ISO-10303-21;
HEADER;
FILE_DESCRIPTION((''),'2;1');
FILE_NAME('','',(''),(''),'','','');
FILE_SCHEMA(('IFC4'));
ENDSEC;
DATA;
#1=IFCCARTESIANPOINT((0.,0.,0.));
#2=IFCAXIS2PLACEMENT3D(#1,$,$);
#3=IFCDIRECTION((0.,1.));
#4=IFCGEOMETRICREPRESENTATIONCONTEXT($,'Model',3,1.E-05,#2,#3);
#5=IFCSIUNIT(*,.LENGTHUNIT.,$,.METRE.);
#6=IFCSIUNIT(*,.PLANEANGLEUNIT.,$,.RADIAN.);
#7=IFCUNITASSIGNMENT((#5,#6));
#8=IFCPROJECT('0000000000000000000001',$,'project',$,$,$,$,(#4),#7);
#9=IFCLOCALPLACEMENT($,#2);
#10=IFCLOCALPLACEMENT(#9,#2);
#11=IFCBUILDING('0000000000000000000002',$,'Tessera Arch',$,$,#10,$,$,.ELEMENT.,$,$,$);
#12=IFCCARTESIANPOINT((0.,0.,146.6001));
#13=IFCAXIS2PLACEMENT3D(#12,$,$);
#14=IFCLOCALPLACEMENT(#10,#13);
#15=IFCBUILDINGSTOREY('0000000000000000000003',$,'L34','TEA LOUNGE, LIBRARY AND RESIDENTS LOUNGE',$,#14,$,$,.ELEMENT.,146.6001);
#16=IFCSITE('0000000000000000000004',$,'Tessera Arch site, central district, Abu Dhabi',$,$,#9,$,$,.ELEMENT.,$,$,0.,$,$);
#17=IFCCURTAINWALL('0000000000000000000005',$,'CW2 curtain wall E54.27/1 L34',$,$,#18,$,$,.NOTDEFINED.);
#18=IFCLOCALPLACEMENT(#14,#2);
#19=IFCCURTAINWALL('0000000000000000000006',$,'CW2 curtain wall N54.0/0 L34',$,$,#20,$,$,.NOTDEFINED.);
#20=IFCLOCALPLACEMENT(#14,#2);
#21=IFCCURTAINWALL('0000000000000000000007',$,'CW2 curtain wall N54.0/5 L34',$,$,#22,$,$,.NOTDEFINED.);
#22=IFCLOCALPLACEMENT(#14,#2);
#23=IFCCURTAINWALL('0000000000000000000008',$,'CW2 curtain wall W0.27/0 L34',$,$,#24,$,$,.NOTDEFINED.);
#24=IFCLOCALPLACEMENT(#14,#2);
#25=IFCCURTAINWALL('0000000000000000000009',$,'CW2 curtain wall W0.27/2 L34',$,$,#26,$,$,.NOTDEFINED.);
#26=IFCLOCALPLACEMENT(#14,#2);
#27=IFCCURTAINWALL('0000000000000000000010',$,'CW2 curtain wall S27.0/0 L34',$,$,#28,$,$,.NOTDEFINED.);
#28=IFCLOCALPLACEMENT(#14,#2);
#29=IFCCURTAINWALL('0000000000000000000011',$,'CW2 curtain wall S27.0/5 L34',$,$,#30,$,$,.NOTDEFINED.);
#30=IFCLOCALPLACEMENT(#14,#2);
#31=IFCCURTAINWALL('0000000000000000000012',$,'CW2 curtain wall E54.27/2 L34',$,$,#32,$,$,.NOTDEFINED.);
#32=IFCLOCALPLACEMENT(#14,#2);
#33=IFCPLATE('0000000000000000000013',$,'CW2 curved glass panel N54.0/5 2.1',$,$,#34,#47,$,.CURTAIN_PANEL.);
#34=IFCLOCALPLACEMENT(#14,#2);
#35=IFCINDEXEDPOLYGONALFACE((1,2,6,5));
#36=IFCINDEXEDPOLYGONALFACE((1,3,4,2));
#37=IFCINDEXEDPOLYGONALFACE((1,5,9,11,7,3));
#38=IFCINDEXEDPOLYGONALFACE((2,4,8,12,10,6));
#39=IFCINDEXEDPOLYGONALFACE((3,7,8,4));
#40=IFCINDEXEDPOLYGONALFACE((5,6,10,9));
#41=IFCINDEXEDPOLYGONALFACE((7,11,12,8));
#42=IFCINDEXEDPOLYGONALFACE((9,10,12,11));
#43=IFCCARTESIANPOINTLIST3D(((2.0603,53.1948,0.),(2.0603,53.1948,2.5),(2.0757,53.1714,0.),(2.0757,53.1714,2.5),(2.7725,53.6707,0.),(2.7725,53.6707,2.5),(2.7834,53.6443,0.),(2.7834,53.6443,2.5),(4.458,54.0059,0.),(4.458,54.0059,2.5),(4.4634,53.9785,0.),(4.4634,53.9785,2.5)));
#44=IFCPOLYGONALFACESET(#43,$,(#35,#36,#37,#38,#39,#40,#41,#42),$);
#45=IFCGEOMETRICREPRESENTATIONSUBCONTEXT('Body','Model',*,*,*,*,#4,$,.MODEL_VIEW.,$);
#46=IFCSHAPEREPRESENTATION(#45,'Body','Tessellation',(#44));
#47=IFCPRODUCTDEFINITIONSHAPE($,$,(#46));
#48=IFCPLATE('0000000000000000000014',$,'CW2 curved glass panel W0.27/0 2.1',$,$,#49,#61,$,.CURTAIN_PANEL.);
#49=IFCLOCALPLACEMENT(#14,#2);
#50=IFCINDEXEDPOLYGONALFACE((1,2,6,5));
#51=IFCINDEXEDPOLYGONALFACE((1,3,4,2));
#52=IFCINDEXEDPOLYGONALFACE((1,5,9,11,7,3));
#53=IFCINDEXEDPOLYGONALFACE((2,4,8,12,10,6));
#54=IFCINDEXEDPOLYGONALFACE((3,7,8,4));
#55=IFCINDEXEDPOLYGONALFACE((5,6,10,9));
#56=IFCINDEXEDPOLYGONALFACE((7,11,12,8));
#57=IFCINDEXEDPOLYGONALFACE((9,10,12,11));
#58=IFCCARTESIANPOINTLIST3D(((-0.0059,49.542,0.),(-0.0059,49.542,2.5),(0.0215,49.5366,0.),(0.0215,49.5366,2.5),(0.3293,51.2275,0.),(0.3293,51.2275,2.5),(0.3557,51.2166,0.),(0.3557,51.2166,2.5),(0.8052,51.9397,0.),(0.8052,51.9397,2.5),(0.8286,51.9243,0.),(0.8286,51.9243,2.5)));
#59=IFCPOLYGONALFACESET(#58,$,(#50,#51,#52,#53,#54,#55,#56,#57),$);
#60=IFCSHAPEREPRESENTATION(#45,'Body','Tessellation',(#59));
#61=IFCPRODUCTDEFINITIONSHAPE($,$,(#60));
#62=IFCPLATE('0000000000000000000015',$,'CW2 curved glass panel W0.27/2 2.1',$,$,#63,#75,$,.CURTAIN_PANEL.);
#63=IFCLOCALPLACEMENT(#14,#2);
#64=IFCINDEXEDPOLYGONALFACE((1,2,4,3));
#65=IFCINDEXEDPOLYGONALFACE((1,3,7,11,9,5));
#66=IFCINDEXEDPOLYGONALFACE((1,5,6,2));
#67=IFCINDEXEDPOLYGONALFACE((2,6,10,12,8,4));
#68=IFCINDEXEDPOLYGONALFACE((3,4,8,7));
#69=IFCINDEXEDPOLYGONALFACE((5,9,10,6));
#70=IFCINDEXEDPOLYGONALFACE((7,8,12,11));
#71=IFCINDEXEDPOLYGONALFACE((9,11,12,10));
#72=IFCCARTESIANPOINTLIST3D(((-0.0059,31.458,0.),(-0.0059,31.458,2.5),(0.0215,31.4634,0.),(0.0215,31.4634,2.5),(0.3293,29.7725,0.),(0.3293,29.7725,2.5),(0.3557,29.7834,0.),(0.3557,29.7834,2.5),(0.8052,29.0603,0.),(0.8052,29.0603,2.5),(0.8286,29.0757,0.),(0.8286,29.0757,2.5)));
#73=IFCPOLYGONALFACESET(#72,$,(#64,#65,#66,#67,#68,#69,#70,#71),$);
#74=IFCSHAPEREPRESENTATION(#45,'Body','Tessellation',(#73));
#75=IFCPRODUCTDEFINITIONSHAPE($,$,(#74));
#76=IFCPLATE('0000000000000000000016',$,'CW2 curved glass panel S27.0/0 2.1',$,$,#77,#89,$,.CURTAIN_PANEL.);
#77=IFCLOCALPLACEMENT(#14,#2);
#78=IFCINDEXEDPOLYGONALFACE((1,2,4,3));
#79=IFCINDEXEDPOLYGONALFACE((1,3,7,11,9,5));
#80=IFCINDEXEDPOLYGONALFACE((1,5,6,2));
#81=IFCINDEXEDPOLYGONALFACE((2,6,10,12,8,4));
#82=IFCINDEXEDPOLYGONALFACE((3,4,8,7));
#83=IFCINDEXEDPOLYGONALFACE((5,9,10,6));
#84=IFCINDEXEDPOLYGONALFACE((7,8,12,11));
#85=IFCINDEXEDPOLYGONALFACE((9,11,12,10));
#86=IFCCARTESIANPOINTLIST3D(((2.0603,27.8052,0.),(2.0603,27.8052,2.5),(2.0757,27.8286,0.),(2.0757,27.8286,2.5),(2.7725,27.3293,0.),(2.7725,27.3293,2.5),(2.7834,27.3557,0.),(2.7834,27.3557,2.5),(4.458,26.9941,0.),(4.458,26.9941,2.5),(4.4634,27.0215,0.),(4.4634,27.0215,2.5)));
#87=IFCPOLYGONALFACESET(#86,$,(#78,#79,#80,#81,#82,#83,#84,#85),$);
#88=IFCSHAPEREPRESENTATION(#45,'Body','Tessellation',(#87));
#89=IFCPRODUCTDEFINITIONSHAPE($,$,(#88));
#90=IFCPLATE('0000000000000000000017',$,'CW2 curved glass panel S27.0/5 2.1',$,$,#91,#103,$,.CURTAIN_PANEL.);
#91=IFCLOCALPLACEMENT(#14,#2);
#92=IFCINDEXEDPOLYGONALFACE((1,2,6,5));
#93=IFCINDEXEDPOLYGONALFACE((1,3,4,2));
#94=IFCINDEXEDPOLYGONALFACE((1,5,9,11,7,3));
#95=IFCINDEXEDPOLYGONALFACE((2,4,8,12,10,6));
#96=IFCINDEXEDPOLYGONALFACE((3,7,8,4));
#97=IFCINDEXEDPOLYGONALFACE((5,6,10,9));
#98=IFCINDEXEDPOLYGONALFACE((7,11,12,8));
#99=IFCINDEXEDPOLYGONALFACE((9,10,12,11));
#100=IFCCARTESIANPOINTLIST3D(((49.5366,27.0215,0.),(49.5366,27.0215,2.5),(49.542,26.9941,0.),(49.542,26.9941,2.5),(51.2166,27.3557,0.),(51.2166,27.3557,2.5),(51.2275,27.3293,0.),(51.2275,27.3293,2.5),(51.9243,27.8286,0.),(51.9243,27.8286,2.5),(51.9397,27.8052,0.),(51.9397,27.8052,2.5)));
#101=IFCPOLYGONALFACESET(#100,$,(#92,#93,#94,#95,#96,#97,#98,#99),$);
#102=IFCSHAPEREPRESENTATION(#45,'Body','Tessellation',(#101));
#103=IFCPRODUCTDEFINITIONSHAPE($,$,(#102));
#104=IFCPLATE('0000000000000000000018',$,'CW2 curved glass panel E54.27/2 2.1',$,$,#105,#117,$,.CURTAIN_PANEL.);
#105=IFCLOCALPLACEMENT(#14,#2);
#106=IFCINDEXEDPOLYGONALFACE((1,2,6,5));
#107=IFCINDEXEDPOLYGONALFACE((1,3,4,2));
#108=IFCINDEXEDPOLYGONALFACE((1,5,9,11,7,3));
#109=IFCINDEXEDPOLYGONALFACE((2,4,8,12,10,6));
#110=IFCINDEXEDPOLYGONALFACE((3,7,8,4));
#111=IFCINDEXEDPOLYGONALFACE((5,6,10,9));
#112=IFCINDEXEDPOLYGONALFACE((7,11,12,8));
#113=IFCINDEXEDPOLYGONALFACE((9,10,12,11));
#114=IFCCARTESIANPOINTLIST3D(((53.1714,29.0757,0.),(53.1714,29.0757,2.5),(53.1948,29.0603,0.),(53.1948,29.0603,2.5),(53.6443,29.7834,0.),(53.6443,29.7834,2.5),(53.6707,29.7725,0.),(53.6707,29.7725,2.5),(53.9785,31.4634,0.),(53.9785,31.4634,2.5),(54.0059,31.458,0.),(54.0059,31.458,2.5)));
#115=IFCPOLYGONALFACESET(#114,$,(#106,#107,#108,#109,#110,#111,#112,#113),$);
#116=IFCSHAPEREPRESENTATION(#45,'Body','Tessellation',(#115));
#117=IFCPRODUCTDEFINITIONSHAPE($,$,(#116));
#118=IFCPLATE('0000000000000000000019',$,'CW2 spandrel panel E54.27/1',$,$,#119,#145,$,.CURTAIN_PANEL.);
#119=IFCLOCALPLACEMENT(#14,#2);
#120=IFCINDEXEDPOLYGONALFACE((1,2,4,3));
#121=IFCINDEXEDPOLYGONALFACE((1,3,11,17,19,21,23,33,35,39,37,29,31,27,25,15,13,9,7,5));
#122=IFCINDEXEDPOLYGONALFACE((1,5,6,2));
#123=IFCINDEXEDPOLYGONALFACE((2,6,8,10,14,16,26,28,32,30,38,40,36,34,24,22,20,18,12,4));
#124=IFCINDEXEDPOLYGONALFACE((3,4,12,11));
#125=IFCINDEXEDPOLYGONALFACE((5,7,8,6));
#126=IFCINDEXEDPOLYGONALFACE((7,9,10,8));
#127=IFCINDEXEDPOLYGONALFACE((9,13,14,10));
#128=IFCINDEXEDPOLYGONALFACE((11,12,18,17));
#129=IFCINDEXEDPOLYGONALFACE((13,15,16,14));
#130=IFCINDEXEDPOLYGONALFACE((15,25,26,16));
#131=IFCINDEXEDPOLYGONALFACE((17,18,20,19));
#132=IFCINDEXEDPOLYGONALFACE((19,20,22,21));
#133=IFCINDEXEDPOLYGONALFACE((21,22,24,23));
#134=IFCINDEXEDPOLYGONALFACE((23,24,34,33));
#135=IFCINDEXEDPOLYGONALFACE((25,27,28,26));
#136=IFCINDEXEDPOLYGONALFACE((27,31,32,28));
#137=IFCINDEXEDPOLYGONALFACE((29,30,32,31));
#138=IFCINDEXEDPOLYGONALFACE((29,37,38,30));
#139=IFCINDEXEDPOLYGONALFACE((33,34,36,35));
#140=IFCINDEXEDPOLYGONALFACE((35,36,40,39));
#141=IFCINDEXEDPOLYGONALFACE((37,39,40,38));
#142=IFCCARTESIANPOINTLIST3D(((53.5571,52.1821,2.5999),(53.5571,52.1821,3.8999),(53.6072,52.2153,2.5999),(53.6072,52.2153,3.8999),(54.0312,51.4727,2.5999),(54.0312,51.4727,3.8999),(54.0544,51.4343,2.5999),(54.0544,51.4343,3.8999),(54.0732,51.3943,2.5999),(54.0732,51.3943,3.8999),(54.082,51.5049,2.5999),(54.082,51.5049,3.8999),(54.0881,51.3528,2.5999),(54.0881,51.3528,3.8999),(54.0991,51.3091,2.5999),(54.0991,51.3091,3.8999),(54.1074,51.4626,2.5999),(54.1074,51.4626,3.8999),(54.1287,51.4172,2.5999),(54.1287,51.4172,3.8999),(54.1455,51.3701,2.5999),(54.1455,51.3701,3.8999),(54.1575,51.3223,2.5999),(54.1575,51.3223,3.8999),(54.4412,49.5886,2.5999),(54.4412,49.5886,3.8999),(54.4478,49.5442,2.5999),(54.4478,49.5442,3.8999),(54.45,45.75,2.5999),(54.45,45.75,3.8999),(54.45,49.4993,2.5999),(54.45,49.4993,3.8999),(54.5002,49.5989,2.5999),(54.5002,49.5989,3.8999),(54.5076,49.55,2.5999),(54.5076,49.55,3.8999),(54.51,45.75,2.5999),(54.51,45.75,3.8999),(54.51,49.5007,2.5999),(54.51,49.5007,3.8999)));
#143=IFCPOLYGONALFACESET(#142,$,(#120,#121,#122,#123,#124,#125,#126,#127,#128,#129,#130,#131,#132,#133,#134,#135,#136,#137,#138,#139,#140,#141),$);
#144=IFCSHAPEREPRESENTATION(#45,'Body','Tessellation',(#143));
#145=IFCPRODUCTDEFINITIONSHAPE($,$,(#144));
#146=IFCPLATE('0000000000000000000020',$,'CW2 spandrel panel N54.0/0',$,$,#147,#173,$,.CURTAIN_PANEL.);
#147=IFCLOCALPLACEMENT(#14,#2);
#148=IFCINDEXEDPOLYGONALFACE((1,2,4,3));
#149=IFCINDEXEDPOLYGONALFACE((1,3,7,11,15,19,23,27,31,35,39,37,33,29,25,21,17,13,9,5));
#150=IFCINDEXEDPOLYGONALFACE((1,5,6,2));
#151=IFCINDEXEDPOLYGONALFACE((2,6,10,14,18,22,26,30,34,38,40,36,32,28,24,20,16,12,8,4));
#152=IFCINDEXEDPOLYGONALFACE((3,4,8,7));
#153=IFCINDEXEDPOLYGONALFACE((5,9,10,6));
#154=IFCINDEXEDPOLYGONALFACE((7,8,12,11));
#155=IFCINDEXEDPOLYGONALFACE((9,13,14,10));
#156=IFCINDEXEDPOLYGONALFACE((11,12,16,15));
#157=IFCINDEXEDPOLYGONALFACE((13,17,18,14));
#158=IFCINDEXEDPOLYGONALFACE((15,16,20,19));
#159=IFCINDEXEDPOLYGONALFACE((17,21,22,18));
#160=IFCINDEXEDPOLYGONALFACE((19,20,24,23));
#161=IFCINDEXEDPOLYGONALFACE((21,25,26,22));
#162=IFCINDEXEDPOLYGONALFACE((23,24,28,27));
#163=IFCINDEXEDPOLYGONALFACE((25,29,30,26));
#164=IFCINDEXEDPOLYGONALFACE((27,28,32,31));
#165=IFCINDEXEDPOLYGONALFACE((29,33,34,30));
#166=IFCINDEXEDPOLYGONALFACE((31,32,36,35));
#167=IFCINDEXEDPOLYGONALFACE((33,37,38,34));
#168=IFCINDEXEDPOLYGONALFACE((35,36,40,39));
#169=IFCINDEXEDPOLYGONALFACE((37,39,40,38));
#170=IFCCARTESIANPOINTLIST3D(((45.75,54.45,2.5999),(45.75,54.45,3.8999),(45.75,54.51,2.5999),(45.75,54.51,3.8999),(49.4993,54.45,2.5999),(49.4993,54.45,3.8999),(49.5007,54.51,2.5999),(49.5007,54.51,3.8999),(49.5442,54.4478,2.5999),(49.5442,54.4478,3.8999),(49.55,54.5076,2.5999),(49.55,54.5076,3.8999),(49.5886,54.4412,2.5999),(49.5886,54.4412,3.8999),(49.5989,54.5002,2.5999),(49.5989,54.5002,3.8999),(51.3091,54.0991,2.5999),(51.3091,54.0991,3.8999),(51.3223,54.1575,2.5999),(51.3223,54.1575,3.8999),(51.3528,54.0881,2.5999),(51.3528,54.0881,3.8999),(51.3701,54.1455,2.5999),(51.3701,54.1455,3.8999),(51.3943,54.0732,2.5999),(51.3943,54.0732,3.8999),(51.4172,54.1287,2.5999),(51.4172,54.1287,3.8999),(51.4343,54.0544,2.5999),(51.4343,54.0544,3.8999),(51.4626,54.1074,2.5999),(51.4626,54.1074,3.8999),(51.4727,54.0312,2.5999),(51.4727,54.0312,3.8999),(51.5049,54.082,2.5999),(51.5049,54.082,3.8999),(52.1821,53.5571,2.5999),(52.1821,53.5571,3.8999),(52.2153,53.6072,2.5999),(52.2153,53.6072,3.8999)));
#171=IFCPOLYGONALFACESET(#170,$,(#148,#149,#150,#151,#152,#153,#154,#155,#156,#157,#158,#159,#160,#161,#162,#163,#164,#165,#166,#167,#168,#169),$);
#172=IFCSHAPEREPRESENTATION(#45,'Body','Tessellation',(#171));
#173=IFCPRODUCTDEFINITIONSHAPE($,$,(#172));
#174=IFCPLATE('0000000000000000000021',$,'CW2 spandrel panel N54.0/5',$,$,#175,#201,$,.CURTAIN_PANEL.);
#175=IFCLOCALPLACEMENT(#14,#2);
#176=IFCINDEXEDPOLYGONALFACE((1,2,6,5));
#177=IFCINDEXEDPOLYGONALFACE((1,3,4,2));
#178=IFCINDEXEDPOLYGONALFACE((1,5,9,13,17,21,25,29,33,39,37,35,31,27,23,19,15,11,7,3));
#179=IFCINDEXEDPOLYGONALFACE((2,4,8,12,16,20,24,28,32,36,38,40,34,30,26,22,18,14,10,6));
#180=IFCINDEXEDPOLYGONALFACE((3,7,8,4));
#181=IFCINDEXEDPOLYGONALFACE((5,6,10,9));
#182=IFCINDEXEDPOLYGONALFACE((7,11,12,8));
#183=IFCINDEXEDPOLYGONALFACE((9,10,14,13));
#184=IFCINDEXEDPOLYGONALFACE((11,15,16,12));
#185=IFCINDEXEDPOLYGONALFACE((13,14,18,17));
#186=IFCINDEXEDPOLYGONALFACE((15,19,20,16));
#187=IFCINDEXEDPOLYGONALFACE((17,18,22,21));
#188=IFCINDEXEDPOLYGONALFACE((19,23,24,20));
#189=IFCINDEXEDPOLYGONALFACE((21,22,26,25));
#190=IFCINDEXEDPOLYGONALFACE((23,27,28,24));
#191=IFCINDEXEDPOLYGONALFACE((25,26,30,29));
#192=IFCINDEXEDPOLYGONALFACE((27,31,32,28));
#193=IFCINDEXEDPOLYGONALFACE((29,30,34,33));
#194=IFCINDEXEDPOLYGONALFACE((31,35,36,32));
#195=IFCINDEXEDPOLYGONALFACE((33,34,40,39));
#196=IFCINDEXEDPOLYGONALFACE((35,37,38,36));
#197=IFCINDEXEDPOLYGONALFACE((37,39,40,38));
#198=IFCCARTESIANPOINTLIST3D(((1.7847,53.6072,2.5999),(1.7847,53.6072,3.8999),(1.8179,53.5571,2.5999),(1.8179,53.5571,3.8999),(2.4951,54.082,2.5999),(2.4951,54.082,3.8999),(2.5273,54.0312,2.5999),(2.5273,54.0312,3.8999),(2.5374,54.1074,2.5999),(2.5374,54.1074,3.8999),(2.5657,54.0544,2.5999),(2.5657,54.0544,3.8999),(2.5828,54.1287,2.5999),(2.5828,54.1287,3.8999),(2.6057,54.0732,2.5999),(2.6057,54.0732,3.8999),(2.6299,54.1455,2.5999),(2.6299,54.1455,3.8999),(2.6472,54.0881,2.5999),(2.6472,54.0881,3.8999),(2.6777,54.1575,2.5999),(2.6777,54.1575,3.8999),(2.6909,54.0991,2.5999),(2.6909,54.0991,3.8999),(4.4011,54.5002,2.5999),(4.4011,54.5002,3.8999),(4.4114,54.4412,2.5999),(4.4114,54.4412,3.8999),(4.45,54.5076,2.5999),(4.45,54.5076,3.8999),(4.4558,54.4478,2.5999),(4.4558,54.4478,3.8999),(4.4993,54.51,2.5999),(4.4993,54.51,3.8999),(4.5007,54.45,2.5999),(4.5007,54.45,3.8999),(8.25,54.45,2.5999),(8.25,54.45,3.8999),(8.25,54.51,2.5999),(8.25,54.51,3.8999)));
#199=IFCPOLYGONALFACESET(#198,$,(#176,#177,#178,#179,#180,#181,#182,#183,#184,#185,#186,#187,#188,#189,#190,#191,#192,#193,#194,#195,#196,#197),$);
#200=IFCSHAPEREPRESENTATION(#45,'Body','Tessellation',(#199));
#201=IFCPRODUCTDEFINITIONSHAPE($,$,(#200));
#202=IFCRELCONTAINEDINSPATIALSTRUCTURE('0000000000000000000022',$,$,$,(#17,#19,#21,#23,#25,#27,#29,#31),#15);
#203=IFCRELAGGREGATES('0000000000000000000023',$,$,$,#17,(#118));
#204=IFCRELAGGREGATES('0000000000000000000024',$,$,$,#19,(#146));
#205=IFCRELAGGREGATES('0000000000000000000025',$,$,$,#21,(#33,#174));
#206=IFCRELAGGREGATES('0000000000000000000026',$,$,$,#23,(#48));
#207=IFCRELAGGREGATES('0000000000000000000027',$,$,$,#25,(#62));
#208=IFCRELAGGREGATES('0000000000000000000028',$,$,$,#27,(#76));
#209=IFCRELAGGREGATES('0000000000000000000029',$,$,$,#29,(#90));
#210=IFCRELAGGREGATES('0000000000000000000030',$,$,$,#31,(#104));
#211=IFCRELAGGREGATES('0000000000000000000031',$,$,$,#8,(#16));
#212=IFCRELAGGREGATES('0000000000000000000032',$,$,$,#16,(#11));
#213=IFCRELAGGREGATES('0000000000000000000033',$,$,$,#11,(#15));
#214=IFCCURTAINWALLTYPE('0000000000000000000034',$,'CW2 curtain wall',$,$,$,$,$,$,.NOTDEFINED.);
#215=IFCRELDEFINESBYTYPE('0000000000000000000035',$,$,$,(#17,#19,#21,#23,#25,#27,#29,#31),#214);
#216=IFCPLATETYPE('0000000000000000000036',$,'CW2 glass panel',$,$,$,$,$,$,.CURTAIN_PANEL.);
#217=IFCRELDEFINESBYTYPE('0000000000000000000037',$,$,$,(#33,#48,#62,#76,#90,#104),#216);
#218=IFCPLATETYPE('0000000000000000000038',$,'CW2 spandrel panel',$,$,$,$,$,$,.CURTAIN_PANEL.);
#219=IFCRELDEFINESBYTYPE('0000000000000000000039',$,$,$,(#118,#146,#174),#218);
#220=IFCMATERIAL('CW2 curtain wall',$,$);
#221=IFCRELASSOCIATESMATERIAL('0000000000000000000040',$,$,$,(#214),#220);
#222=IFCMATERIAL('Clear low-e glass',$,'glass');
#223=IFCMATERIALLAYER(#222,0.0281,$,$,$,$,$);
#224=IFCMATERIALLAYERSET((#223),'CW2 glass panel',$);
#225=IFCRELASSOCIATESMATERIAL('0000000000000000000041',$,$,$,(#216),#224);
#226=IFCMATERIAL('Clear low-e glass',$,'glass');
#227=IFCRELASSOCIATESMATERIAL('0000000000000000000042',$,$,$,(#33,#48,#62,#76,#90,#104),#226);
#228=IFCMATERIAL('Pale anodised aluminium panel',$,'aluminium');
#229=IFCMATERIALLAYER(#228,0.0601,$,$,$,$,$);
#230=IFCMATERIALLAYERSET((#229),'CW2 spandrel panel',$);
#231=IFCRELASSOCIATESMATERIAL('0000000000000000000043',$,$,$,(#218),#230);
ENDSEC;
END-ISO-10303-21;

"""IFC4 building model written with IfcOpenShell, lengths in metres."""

from ifc_helpers import new_model, si_unit, direction, frame, origin, place, context, subcontext, project, spatial, polyline, outline, extrude, material, layer, layer_set, type_object, element, aggregate, save


model = new_model("IFC4")

# Units and contexts
model_context = context("Model", 3, precision=1e-05, world=origin(), true_north=direction((0.0, 1.0)))
body_context = subcontext(model_context, "Body", "Model", "MODEL_VIEW")
ifc_project = project(units=[si_unit("LENGTHUNIT", "METRE"), si_unit("PLANEANGLEUNIT", "RADIAN")], contexts=[model_context])

# Site, building, storey
site_placement = place(None, origin())
site = spatial("IfcSite", under=ifc_project, at=site_placement, Name="Tessera Arch site, central district, Abu Dhabi", CompositionType="ELEMENT", RefElevation=0.0)
building_placement = place(site_placement, origin())
building = spatial("IfcBuilding", under=site, at=building_placement, Name="Tessera Arch", CompositionType="ELEMENT")
storey_placement = place(building_placement, frame((0.0, 0.0, 146.6001)))
storey = spatial("IfcBuildingStorey", under=building, at=storey_placement, Name="L34", Description="TEA LOUNGE, LIBRARY AND RESIDENTS LOUNGE", CompositionType="ELEMENT", Elevation=146.6001)

# Curtain walls
ifc_material_1 = material(Name="CW2 curtain wall")
curtain_wall_type_1 = type_object("IfcCurtainWallType", Name="CW2 curtain wall", PredefinedType="NOTDEFINED", material=ifc_material_1)
curtain_wall_1_placement = place(storey_placement, origin())
curtain_wall_1 = element("IfcCurtainWall", 1, at=curtain_wall_1_placement, inside=storey, type_object=curtain_wall_type_1, Name="CW2 curtain wall E54.27/1 L34", PredefinedType="NOTDEFINED")
curtain_wall_2_placement = place(storey_placement, origin())
curtain_wall_2 = element("IfcCurtainWall", 2, at=curtain_wall_2_placement, inside=storey, type_object=curtain_wall_type_1, Name="CW2 curtain wall N54.0/0 L34", PredefinedType="NOTDEFINED")
curtain_wall_3_placement = place(storey_placement, origin())
curtain_wall_3 = element("IfcCurtainWall", 3, at=curtain_wall_3_placement, inside=storey, type_object=curtain_wall_type_1, Name="CW2 curtain wall N54.0/5 L34", PredefinedType="NOTDEFINED")
curtain_wall_4_placement = place(storey_placement, origin())
curtain_wall_4 = element("IfcCurtainWall", 4, at=curtain_wall_4_placement, inside=storey, type_object=curtain_wall_type_1, Name="CW2 curtain wall W0.27/0 L34", PredefinedType="NOTDEFINED")
curtain_wall_5_placement = place(storey_placement, origin())
curtain_wall_5 = element("IfcCurtainWall", 5, at=curtain_wall_5_placement, inside=storey, type_object=curtain_wall_type_1, Name="CW2 curtain wall W0.27/2 L34", PredefinedType="NOTDEFINED")
curtain_wall_6_placement = place(storey_placement, origin())
curtain_wall_6 = element("IfcCurtainWall", 6, at=curtain_wall_6_placement, inside=storey, type_object=curtain_wall_type_1, Name="CW2 curtain wall S27.0/0 L34", PredefinedType="NOTDEFINED")
curtain_wall_7_placement = place(storey_placement, origin())
curtain_wall_7 = element("IfcCurtainWall", 7, at=curtain_wall_7_placement, inside=storey, type_object=curtain_wall_type_1, Name="CW2 curtain wall S27.0/5 L34", PredefinedType="NOTDEFINED")
curtain_wall_8_placement = place(storey_placement, origin())
curtain_wall_8 = element("IfcCurtainWall", 8, at=curtain_wall_8_placement, inside=storey, type_object=curtain_wall_type_1, Name="CW2 curtain wall E54.27/2 L34", PredefinedType="NOTDEFINED")

# Plates
ifc_material_2 = material(Name="Clear low-e glass", Category="glass")
ifc_material_3 = material(Name="Clear low-e glass", Category="glass")
ifc_layer_1 = layer(ifc_material_3, 0.0281)
ifc_layer_set_1 = layer_set([ifc_layer_1], Name="CW2 glass panel")
plate_type_1 = type_object("IfcPlateType", Name="CW2 glass panel", PredefinedType="CURTAIN_PANEL", material=ifc_layer_set_1)
plate_1_placement = place(storey_placement, origin())
plate_1 = element("IfcPlate", 9, at=plate_1_placement, type_object=plate_type_1, material=ifc_material_2, Name="CW2 curved glass panel N54.0/5 2.1", PredefinedType="CURTAIN_PANEL", context=body_context, shape_type="SweptSolid", body=[
    extrude(outline(polyline([(2.7834, 53.6443), (4.4634, 53.9785), (4.458, 54.0059), (2.7725, 53.6707), (2.0603, 53.1948), (2.0757, 53.1714), (2.7834, 53.6443)])), origin(), (0.0, 0.0, 1.0), 2.5),
])
plate_2_placement = place(storey_placement, origin())
plate_2 = element("IfcPlate", 10, at=plate_2_placement, type_object=plate_type_1, material=ifc_material_2, Name="CW2 curved glass panel W0.27/0 2.1", PredefinedType="CURTAIN_PANEL", context=body_context, shape_type="SweptSolid", body=[
    extrude(outline(polyline([(0.3557, 51.2166), (0.8286, 51.9243), (0.8052, 51.9397), (0.3293, 51.2275), (-0.0059, 49.542), (0.0215, 49.5366), (0.3557, 51.2166)])), origin(), (0.0, 0.0, 1.0), 2.5),
])
plate_3_placement = place(storey_placement, origin())
plate_3 = element("IfcPlate", 11, at=plate_3_placement, type_object=plate_type_1, material=ifc_material_2, Name="CW2 curved glass panel W0.27/2 2.1", PredefinedType="CURTAIN_PANEL", context=body_context, shape_type="SweptSolid", body=[
    extrude(outline(polyline([(0.3557, 29.7834), (0.0215, 31.4634), (-0.0059, 31.458), (0.3293, 29.7725), (0.8052, 29.0603), (0.8286, 29.0757), (0.3557, 29.7834)])), origin(), (0.0, 0.0, 1.0), 2.5),
])
plate_4_placement = place(storey_placement, origin())
plate_4 = element("IfcPlate", 12, at=plate_4_placement, type_object=plate_type_1, material=ifc_material_2, Name="CW2 curved glass panel S27.0/0 2.1", PredefinedType="CURTAIN_PANEL", context=body_context, shape_type="SweptSolid", body=[
    extrude(outline(polyline([(2.7834, 27.3557), (2.0757, 27.8286), (2.0603, 27.8052), (2.7725, 27.3293), (4.458, 26.9941), (4.4634, 27.0215), (2.7834, 27.3557)])), origin(), (0.0, 0.0, 1.0), 2.5),
])
plate_5_placement = place(storey_placement, origin())
plate_5 = element("IfcPlate", 13, at=plate_5_placement, type_object=plate_type_1, material=ifc_material_2, Name="CW2 curved glass panel S27.0/5 2.1", PredefinedType="CURTAIN_PANEL", context=body_context, shape_type="SweptSolid", body=[
    extrude(outline(polyline([(51.2166, 27.3557), (49.5366, 27.0215), (49.542, 26.9941), (51.2275, 27.3293), (51.9397, 27.8052), (51.9243, 27.8286), (51.2166, 27.3557)])), origin(), (0.0, 0.0, 1.0), 2.5),
])
plate_6_placement = place(storey_placement, origin())
plate_6 = element("IfcPlate", 14, at=plate_6_placement, type_object=plate_type_1, material=ifc_material_2, Name="CW2 curved glass panel E54.27/2 2.1", PredefinedType="CURTAIN_PANEL", context=body_context, shape_type="SweptSolid", body=[
    extrude(outline(polyline([(53.6443, 29.7834), (53.1714, 29.0757), (53.1948, 29.0603), (53.6707, 29.7725), (54.0059, 31.458), (53.9785, 31.4634), (53.6443, 29.7834)])), origin(), (0.0, 0.0, 1.0), 2.5),
])
ifc_material_4 = material(Name="Pale anodised aluminium panel", Category="aluminium")
ifc_layer_2 = layer(ifc_material_4, 0.0601)
ifc_layer_set_2 = layer_set([ifc_layer_2], Name="CW2 spandrel panel")
plate_type_2 = type_object("IfcPlateType", Name="CW2 spandrel panel", PredefinedType="CURTAIN_PANEL", material=ifc_layer_set_2)
plate_7_placement = place(storey_placement, frame((0.0, 0.0, 2.5999)))
plate_7 = element("IfcPlate", 15, at=plate_7_placement, type_object=plate_type_2, Name="CW2 spandrel panel E54.27/1", PredefinedType="CURTAIN_PANEL", context=body_context, shape_type="SweptSolid", body=[
    extrude(outline(polyline([(54.45, 49.4993), (54.45, 45.75), (54.51, 45.75), (54.51, 49.5007), (54.5076, 49.55), (54.5002, 49.5989), (54.1575, 51.3223), (54.1455, 51.3701), (54.1287, 51.4172), (54.1074, 51.4626), (54.082, 51.5049), (53.6072, 52.2153), (53.5571, 52.1821), (54.0312, 51.4727), (54.0544, 51.4343), (54.0732, 51.3943), (54.0881, 51.3528), (54.0991, 51.3091), (54.4412, 49.5886), (54.4478, 49.5442), (54.45, 49.4993)])), origin(), (0.0, 0.0, 1.0), 1.3),
])
aggregate(curtain_wall_1, [plate_7])
plate_8_placement = place(storey_placement, frame((0.0, 0.0, 2.5999)))
plate_8 = element("IfcPlate", 16, at=plate_8_placement, type_object=plate_type_2, Name="CW2 spandrel panel N54.0/0", PredefinedType="CURTAIN_PANEL", context=body_context, shape_type="SweptSolid", body=[
    extrude(outline(polyline([(51.4727, 54.0312), (52.1821, 53.5571), (52.2153, 53.6072), (51.5049, 54.082), (51.4626, 54.1074), (51.4172, 54.1287), (51.3701, 54.1455), (51.3223, 54.1575), (49.5989, 54.5002), (49.55, 54.5076), (49.5007, 54.51), (45.75, 54.51), (45.75, 54.45), (49.4993, 54.45), (49.5442, 54.4478), (49.5886, 54.4412), (51.3091, 54.0991), (51.3528, 54.0881), (51.3943, 54.0732), (51.4343, 54.0544), (51.4727, 54.0312)])), origin(), (0.0, 0.0, 1.0), 1.3),
])
aggregate(curtain_wall_2, [plate_8])
plate_9_placement = place(storey_placement, frame((0.0, 0.0, 2.5999)))
plate_9 = element("IfcPlate", 17, at=plate_9_placement, type_object=plate_type_2, Name="CW2 spandrel panel N54.0/5", PredefinedType="CURTAIN_PANEL", context=body_context, shape_type="SweptSolid", body=[
    extrude(outline(polyline([(4.5007, 54.45), (8.25, 54.45), (8.25, 54.51), (4.4993, 54.51), (4.45, 54.5076), (4.4011, 54.5002), (2.6777, 54.1575), (2.6299, 54.1455), (2.5828, 54.1287), (2.5374, 54.1074), (2.4951, 54.082), (1.7847, 53.6072), (1.8179, 53.5571), (2.5273, 54.0312), (2.5657, 54.0544), (2.6057, 54.0732), (2.6472, 54.0881), (2.6909, 54.0991), (4.4114, 54.4412), (4.4558, 54.4478), (4.5007, 54.45)])), origin(), (0.0, 0.0, 1.0), 1.3),
])
aggregate(curtain_wall_3, [plate_1, plate_9])
aggregate(curtain_wall_4, [plate_2])
aggregate(curtain_wall_5, [plate_3])
aggregate(curtain_wall_6, [plate_4])
aggregate(curtain_wall_7, [plate_5])
aggregate(curtain_wall_8, [plate_6])

save(model, "model.ifc")
